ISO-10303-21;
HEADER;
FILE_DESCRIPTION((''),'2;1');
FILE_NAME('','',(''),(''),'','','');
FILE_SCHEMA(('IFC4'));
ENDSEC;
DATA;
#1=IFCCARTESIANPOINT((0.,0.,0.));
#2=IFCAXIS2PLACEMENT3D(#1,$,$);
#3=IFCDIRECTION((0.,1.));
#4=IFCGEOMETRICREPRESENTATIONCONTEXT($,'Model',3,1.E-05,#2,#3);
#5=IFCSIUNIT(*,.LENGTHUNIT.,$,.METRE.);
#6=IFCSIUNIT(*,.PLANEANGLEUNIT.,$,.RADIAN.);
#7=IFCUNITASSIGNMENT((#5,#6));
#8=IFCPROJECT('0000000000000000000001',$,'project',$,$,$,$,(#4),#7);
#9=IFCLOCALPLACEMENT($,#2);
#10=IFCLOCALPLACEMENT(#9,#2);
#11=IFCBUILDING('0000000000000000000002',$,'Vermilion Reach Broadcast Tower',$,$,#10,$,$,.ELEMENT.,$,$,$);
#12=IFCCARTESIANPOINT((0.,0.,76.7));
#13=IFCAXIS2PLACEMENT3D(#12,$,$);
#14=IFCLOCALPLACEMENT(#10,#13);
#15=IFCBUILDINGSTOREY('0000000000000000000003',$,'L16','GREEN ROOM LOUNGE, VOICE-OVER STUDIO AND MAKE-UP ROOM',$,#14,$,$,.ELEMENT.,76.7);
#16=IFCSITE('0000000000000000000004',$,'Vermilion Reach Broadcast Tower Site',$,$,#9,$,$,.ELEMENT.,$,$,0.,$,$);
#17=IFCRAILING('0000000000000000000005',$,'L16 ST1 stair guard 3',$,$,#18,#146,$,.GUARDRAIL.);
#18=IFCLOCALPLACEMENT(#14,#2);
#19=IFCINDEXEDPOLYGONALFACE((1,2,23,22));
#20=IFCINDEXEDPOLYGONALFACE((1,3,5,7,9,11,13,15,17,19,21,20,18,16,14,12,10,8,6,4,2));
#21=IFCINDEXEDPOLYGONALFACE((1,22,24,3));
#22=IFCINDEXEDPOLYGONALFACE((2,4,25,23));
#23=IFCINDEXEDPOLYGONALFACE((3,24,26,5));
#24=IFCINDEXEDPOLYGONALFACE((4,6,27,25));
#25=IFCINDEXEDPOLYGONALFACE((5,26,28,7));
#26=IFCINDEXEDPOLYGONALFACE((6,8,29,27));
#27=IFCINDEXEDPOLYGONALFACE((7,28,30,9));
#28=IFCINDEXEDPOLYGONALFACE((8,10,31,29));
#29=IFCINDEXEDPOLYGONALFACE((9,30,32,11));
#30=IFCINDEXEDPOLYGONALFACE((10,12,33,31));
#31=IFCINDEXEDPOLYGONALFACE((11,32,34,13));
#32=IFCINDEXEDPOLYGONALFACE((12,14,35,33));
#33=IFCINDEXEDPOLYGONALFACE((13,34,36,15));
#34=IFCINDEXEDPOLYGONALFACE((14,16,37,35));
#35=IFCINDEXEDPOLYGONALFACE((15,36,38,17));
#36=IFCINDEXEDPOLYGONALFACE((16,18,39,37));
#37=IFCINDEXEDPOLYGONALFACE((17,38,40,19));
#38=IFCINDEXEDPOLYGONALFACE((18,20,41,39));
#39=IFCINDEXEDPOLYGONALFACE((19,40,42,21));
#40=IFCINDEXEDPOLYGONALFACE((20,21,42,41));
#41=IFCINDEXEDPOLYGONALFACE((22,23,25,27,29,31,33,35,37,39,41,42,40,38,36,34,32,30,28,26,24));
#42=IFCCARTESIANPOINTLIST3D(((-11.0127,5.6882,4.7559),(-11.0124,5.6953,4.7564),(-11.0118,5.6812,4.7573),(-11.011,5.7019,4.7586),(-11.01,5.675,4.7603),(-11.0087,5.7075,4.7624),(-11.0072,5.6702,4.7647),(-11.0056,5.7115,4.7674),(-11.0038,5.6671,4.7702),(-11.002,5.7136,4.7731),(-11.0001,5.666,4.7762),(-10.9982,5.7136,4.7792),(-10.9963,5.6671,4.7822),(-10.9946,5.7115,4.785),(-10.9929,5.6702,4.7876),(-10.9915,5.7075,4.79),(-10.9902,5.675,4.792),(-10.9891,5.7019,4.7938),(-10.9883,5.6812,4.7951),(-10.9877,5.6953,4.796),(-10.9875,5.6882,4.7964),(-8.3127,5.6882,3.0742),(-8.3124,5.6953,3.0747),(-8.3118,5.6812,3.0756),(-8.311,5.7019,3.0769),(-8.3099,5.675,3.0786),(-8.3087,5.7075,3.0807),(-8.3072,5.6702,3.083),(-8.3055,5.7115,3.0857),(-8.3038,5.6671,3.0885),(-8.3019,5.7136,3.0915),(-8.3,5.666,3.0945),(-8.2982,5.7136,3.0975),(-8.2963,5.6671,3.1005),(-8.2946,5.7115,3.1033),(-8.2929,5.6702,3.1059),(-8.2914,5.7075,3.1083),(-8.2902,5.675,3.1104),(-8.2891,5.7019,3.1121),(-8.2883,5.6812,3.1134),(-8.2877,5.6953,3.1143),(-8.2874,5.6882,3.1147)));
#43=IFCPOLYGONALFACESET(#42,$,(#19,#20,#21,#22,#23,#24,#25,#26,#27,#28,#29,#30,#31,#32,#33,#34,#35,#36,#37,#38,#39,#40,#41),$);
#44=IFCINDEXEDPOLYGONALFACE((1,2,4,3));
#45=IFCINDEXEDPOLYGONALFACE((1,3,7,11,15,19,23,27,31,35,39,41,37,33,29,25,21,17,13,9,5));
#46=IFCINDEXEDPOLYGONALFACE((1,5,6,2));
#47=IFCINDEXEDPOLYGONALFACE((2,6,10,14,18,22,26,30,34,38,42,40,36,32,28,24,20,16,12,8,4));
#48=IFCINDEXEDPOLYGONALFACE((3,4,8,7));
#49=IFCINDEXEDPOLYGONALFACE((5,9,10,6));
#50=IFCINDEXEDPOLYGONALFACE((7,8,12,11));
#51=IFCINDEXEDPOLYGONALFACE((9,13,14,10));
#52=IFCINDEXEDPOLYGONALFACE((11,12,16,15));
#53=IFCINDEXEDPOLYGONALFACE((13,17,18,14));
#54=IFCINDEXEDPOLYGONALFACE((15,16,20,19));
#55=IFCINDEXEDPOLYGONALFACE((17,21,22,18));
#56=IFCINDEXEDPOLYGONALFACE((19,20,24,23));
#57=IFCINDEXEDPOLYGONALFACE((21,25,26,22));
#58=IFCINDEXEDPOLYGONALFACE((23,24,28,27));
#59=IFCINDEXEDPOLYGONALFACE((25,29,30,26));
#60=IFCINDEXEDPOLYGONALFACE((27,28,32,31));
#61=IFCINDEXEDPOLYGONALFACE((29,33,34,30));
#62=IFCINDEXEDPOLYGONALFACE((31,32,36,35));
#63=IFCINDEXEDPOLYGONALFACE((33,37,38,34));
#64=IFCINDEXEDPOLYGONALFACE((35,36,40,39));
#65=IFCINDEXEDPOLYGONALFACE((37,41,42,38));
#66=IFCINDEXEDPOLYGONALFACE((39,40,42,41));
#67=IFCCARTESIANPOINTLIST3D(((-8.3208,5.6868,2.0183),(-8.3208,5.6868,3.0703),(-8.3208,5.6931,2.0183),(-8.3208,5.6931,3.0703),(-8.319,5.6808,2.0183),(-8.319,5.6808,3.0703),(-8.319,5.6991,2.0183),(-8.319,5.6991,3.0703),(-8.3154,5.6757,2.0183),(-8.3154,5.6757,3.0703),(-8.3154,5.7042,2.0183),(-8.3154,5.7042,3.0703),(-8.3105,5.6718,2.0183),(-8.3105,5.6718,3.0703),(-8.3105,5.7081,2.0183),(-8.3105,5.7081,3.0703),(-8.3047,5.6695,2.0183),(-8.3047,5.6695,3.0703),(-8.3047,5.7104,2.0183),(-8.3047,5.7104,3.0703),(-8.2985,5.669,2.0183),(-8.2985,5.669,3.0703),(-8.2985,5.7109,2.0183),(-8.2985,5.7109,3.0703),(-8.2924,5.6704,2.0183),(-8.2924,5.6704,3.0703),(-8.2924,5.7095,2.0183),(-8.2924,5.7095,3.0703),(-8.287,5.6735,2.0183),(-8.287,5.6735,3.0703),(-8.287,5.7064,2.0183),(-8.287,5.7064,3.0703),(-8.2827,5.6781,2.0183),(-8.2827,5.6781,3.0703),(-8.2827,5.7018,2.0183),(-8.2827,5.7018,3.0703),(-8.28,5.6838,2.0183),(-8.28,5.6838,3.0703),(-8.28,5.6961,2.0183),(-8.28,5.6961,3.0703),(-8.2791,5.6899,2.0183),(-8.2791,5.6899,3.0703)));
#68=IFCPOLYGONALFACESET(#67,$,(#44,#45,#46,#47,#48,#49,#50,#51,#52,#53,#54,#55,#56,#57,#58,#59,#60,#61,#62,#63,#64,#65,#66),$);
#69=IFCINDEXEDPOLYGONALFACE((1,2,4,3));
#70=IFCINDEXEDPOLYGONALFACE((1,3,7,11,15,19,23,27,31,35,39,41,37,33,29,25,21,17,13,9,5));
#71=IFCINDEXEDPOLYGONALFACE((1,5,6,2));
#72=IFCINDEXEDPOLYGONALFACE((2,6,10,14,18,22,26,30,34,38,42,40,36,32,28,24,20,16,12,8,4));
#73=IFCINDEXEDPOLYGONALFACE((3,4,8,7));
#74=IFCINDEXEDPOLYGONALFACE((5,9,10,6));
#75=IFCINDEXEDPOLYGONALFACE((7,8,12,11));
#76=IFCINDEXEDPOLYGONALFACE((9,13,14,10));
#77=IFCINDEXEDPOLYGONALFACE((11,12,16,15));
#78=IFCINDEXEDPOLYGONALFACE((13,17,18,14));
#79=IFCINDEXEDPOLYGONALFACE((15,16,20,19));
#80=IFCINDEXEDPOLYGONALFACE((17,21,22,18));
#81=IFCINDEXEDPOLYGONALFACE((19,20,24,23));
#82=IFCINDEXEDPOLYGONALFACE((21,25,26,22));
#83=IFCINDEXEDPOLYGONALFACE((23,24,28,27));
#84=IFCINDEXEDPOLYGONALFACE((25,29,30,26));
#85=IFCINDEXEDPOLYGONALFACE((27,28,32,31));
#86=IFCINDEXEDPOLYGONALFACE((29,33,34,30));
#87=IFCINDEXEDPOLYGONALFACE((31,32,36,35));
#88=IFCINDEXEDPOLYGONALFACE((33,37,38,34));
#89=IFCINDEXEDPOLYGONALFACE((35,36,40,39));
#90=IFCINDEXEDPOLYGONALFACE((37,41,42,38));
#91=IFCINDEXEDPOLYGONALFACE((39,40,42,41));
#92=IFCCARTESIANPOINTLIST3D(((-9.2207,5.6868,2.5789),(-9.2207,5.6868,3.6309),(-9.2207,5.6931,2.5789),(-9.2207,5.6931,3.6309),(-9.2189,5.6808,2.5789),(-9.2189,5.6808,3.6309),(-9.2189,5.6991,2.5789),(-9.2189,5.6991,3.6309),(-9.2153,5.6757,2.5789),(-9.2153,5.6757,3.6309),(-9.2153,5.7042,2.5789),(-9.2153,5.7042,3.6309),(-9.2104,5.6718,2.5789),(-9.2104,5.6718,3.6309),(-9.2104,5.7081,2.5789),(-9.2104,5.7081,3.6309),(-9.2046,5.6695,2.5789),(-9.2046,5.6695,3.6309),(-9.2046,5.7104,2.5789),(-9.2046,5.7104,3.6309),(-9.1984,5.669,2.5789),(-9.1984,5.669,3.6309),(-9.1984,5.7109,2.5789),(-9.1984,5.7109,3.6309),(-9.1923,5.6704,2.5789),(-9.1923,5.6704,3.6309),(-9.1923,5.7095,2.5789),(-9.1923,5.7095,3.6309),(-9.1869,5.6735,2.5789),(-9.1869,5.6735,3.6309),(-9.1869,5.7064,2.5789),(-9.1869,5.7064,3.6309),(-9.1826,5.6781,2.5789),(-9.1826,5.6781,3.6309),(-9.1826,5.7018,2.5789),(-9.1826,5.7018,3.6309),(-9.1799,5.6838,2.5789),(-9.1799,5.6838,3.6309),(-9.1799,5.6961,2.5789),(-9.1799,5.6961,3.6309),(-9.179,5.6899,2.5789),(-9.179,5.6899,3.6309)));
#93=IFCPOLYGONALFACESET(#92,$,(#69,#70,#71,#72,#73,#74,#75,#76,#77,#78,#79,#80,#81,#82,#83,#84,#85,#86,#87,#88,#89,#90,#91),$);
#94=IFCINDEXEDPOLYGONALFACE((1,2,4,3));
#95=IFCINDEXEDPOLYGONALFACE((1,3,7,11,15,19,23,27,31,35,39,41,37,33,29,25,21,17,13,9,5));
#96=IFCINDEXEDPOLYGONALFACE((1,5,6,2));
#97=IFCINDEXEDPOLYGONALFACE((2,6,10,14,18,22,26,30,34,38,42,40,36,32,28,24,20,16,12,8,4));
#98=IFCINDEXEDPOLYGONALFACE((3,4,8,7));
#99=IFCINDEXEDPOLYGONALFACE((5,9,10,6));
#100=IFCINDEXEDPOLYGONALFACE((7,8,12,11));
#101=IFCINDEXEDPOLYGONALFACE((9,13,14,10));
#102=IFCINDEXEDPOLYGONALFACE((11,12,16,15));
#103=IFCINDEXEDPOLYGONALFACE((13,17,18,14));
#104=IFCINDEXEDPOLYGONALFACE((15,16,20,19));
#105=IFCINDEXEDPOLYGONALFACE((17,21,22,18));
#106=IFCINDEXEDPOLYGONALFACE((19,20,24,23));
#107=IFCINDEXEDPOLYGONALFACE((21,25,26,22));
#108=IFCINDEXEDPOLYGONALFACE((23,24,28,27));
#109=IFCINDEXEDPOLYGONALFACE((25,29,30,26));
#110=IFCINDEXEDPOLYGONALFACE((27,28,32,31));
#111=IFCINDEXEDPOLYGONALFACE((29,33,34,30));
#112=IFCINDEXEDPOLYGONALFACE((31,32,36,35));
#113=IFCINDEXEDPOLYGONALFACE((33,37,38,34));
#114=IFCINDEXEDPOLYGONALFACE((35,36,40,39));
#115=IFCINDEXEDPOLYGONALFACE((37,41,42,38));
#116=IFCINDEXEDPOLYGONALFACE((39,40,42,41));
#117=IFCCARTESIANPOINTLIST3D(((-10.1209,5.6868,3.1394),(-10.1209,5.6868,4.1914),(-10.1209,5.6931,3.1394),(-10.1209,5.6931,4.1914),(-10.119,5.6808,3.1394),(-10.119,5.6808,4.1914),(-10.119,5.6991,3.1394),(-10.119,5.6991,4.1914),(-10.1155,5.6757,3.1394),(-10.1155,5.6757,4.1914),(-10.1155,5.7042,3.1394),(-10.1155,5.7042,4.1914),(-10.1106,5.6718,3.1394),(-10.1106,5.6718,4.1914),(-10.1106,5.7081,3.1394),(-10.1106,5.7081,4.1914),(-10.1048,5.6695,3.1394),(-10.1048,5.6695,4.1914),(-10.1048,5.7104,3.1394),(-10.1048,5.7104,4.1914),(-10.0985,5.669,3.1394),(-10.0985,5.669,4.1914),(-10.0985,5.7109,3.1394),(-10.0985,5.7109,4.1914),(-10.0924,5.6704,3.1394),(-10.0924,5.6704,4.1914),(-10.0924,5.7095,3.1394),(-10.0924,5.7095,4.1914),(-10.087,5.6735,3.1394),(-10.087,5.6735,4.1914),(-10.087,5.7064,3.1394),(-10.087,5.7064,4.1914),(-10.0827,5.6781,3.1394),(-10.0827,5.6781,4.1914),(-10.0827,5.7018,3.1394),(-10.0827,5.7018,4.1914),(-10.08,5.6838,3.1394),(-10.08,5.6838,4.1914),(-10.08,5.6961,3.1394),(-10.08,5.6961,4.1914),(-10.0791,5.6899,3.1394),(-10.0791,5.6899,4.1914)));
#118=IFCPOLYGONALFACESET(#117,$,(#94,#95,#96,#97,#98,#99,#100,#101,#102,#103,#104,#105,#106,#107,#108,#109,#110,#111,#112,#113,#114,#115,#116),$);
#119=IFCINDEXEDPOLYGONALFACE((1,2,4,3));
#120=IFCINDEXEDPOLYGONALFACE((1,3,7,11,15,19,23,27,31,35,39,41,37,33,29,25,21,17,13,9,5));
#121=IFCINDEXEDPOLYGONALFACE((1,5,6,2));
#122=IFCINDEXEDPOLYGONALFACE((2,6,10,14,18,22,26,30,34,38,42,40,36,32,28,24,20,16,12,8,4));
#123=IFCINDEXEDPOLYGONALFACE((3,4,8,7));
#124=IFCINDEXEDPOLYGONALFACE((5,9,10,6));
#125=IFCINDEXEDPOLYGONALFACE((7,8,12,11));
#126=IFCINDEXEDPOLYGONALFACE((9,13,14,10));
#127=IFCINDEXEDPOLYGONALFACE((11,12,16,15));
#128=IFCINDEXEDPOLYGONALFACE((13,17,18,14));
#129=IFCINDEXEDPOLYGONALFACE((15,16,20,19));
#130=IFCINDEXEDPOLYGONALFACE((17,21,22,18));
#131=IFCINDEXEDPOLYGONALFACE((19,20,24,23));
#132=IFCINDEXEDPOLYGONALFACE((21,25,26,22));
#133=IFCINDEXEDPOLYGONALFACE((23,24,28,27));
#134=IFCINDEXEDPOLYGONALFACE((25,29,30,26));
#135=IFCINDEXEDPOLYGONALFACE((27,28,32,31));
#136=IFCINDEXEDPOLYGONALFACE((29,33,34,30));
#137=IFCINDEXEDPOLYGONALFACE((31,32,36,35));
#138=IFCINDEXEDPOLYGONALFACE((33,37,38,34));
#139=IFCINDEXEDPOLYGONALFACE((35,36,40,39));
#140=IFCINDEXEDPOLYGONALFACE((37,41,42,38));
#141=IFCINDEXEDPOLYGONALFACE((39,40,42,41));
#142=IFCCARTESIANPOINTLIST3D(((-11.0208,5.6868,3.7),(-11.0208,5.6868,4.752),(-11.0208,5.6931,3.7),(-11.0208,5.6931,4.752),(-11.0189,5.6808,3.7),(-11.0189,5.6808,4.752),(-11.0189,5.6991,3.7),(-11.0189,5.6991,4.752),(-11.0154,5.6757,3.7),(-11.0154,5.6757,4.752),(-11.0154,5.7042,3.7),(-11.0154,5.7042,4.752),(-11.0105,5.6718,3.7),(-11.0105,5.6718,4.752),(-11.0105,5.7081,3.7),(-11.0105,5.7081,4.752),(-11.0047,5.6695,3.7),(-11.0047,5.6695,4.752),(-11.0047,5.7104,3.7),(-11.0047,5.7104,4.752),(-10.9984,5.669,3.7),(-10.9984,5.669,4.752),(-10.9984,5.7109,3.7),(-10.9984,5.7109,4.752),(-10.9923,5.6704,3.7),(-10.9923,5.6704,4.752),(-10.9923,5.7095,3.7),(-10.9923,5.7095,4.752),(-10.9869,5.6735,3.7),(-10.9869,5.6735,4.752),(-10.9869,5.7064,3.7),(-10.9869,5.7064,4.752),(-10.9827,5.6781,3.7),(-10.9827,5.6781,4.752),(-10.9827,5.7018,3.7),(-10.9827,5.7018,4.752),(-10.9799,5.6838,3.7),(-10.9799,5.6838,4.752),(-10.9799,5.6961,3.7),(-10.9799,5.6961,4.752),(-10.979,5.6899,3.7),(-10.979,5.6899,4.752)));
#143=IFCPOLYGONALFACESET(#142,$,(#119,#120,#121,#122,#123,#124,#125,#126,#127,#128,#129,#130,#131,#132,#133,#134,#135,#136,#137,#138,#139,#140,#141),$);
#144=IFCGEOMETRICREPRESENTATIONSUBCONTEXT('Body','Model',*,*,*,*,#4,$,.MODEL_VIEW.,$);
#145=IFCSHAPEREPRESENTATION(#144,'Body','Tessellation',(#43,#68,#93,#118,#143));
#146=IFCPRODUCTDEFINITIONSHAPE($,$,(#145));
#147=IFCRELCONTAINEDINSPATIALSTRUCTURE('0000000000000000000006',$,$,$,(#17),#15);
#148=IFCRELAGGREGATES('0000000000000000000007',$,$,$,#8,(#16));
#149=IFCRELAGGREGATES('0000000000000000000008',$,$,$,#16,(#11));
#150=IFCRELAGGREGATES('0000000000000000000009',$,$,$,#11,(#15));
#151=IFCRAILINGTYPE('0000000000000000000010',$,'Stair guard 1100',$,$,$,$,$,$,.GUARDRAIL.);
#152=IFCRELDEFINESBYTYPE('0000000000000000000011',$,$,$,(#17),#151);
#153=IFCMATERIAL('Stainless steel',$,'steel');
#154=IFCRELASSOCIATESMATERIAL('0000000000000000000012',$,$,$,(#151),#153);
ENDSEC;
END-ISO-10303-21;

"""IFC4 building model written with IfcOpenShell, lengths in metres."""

from ifc_helpers import new_model, si_unit, direction, frame, origin, origin_2d, place, context, subcontext, project, spatial, circle, extrude, material, type_object, element, save


model = new_model("IFC4")

# Units and contexts
model_context = context("Model", 3, precision=1e-05, world=origin(), true_north=direction((0.0, 1.0)))
body_context = subcontext(model_context, "Body", "Model", "MODEL_VIEW")
ifc_project = project(units=[si_unit("LENGTHUNIT", "METRE"), si_unit("PLANEANGLEUNIT", "RADIAN")], contexts=[model_context])

# Site, building, storey
site_placement = place(None, origin())
site = spatial("IfcSite", under=ifc_project, at=site_placement, Name="Vermilion Reach Broadcast Tower Site", CompositionType="ELEMENT", RefElevation=0.0)
building_placement = place(site_placement, origin())
building = spatial("IfcBuilding", under=site, at=building_placement, Name="Vermilion Reach Broadcast Tower", CompositionType="ELEMENT")
storey_placement = place(building_placement, frame((0.0, 0.0, 76.7)))
storey = spatial("IfcBuildingStorey", under=building, at=storey_placement, Name="L16", Description="GREEN ROOM LOUNGE, VOICE-OVER STUDIO AND MAKE-UP ROOM", CompositionType="ELEMENT", Elevation=76.7)

# Railing
ifc_material_1 = material(Name="Stainless steel", Category="steel")
railing_type_1 = type_object("IfcRailingType", Name="Stair guard 1100", PredefinedType="GUARDRAIL", material=ifc_material_1)
railing_1_placement = place(storey_placement, frame((-8.3, 5.6899, 2.0183)))
element("IfcRailing", 1, at=railing_1_placement, inside=storey, type_object=railing_type_1, Name="L16 ST1 stair guard 3", PredefinedType="GUARDRAIL", context=body_context, shape_type="SweptSolid", body=[
    extrude(circle(Radius=0.0239, at=origin_2d()), frame((0.0, 0.0, 1.0762), z_axis=(-0.848821, 0.0, 0.528681), x_axis=(0.0, -1.0, 0.0)), (0.0, 0.0, 1.0), 3.1809),
    extrude(circle(Radius=0.021, at=origin_2d()), origin(), (0.0, 0.0, 1.0), 1.052),
    extrude(circle(Radius=0.021, at=origin_2d()), frame((-0.8999, 0.0, 0.5605)), (0.0, 0.0, 1.0), 1.052),
    extrude(circle(Radius=0.021, at=origin_2d()), frame((-1.8, 0.0, 1.1211)), (0.0, 0.0, 1.0), 1.052),
    extrude(circle(Radius=0.021, at=origin_2d()), frame((-2.7, 0.0, 1.6816)), (0.0, 0.0, 1.0), 1.052),
])

save(model, "model.ifc")
